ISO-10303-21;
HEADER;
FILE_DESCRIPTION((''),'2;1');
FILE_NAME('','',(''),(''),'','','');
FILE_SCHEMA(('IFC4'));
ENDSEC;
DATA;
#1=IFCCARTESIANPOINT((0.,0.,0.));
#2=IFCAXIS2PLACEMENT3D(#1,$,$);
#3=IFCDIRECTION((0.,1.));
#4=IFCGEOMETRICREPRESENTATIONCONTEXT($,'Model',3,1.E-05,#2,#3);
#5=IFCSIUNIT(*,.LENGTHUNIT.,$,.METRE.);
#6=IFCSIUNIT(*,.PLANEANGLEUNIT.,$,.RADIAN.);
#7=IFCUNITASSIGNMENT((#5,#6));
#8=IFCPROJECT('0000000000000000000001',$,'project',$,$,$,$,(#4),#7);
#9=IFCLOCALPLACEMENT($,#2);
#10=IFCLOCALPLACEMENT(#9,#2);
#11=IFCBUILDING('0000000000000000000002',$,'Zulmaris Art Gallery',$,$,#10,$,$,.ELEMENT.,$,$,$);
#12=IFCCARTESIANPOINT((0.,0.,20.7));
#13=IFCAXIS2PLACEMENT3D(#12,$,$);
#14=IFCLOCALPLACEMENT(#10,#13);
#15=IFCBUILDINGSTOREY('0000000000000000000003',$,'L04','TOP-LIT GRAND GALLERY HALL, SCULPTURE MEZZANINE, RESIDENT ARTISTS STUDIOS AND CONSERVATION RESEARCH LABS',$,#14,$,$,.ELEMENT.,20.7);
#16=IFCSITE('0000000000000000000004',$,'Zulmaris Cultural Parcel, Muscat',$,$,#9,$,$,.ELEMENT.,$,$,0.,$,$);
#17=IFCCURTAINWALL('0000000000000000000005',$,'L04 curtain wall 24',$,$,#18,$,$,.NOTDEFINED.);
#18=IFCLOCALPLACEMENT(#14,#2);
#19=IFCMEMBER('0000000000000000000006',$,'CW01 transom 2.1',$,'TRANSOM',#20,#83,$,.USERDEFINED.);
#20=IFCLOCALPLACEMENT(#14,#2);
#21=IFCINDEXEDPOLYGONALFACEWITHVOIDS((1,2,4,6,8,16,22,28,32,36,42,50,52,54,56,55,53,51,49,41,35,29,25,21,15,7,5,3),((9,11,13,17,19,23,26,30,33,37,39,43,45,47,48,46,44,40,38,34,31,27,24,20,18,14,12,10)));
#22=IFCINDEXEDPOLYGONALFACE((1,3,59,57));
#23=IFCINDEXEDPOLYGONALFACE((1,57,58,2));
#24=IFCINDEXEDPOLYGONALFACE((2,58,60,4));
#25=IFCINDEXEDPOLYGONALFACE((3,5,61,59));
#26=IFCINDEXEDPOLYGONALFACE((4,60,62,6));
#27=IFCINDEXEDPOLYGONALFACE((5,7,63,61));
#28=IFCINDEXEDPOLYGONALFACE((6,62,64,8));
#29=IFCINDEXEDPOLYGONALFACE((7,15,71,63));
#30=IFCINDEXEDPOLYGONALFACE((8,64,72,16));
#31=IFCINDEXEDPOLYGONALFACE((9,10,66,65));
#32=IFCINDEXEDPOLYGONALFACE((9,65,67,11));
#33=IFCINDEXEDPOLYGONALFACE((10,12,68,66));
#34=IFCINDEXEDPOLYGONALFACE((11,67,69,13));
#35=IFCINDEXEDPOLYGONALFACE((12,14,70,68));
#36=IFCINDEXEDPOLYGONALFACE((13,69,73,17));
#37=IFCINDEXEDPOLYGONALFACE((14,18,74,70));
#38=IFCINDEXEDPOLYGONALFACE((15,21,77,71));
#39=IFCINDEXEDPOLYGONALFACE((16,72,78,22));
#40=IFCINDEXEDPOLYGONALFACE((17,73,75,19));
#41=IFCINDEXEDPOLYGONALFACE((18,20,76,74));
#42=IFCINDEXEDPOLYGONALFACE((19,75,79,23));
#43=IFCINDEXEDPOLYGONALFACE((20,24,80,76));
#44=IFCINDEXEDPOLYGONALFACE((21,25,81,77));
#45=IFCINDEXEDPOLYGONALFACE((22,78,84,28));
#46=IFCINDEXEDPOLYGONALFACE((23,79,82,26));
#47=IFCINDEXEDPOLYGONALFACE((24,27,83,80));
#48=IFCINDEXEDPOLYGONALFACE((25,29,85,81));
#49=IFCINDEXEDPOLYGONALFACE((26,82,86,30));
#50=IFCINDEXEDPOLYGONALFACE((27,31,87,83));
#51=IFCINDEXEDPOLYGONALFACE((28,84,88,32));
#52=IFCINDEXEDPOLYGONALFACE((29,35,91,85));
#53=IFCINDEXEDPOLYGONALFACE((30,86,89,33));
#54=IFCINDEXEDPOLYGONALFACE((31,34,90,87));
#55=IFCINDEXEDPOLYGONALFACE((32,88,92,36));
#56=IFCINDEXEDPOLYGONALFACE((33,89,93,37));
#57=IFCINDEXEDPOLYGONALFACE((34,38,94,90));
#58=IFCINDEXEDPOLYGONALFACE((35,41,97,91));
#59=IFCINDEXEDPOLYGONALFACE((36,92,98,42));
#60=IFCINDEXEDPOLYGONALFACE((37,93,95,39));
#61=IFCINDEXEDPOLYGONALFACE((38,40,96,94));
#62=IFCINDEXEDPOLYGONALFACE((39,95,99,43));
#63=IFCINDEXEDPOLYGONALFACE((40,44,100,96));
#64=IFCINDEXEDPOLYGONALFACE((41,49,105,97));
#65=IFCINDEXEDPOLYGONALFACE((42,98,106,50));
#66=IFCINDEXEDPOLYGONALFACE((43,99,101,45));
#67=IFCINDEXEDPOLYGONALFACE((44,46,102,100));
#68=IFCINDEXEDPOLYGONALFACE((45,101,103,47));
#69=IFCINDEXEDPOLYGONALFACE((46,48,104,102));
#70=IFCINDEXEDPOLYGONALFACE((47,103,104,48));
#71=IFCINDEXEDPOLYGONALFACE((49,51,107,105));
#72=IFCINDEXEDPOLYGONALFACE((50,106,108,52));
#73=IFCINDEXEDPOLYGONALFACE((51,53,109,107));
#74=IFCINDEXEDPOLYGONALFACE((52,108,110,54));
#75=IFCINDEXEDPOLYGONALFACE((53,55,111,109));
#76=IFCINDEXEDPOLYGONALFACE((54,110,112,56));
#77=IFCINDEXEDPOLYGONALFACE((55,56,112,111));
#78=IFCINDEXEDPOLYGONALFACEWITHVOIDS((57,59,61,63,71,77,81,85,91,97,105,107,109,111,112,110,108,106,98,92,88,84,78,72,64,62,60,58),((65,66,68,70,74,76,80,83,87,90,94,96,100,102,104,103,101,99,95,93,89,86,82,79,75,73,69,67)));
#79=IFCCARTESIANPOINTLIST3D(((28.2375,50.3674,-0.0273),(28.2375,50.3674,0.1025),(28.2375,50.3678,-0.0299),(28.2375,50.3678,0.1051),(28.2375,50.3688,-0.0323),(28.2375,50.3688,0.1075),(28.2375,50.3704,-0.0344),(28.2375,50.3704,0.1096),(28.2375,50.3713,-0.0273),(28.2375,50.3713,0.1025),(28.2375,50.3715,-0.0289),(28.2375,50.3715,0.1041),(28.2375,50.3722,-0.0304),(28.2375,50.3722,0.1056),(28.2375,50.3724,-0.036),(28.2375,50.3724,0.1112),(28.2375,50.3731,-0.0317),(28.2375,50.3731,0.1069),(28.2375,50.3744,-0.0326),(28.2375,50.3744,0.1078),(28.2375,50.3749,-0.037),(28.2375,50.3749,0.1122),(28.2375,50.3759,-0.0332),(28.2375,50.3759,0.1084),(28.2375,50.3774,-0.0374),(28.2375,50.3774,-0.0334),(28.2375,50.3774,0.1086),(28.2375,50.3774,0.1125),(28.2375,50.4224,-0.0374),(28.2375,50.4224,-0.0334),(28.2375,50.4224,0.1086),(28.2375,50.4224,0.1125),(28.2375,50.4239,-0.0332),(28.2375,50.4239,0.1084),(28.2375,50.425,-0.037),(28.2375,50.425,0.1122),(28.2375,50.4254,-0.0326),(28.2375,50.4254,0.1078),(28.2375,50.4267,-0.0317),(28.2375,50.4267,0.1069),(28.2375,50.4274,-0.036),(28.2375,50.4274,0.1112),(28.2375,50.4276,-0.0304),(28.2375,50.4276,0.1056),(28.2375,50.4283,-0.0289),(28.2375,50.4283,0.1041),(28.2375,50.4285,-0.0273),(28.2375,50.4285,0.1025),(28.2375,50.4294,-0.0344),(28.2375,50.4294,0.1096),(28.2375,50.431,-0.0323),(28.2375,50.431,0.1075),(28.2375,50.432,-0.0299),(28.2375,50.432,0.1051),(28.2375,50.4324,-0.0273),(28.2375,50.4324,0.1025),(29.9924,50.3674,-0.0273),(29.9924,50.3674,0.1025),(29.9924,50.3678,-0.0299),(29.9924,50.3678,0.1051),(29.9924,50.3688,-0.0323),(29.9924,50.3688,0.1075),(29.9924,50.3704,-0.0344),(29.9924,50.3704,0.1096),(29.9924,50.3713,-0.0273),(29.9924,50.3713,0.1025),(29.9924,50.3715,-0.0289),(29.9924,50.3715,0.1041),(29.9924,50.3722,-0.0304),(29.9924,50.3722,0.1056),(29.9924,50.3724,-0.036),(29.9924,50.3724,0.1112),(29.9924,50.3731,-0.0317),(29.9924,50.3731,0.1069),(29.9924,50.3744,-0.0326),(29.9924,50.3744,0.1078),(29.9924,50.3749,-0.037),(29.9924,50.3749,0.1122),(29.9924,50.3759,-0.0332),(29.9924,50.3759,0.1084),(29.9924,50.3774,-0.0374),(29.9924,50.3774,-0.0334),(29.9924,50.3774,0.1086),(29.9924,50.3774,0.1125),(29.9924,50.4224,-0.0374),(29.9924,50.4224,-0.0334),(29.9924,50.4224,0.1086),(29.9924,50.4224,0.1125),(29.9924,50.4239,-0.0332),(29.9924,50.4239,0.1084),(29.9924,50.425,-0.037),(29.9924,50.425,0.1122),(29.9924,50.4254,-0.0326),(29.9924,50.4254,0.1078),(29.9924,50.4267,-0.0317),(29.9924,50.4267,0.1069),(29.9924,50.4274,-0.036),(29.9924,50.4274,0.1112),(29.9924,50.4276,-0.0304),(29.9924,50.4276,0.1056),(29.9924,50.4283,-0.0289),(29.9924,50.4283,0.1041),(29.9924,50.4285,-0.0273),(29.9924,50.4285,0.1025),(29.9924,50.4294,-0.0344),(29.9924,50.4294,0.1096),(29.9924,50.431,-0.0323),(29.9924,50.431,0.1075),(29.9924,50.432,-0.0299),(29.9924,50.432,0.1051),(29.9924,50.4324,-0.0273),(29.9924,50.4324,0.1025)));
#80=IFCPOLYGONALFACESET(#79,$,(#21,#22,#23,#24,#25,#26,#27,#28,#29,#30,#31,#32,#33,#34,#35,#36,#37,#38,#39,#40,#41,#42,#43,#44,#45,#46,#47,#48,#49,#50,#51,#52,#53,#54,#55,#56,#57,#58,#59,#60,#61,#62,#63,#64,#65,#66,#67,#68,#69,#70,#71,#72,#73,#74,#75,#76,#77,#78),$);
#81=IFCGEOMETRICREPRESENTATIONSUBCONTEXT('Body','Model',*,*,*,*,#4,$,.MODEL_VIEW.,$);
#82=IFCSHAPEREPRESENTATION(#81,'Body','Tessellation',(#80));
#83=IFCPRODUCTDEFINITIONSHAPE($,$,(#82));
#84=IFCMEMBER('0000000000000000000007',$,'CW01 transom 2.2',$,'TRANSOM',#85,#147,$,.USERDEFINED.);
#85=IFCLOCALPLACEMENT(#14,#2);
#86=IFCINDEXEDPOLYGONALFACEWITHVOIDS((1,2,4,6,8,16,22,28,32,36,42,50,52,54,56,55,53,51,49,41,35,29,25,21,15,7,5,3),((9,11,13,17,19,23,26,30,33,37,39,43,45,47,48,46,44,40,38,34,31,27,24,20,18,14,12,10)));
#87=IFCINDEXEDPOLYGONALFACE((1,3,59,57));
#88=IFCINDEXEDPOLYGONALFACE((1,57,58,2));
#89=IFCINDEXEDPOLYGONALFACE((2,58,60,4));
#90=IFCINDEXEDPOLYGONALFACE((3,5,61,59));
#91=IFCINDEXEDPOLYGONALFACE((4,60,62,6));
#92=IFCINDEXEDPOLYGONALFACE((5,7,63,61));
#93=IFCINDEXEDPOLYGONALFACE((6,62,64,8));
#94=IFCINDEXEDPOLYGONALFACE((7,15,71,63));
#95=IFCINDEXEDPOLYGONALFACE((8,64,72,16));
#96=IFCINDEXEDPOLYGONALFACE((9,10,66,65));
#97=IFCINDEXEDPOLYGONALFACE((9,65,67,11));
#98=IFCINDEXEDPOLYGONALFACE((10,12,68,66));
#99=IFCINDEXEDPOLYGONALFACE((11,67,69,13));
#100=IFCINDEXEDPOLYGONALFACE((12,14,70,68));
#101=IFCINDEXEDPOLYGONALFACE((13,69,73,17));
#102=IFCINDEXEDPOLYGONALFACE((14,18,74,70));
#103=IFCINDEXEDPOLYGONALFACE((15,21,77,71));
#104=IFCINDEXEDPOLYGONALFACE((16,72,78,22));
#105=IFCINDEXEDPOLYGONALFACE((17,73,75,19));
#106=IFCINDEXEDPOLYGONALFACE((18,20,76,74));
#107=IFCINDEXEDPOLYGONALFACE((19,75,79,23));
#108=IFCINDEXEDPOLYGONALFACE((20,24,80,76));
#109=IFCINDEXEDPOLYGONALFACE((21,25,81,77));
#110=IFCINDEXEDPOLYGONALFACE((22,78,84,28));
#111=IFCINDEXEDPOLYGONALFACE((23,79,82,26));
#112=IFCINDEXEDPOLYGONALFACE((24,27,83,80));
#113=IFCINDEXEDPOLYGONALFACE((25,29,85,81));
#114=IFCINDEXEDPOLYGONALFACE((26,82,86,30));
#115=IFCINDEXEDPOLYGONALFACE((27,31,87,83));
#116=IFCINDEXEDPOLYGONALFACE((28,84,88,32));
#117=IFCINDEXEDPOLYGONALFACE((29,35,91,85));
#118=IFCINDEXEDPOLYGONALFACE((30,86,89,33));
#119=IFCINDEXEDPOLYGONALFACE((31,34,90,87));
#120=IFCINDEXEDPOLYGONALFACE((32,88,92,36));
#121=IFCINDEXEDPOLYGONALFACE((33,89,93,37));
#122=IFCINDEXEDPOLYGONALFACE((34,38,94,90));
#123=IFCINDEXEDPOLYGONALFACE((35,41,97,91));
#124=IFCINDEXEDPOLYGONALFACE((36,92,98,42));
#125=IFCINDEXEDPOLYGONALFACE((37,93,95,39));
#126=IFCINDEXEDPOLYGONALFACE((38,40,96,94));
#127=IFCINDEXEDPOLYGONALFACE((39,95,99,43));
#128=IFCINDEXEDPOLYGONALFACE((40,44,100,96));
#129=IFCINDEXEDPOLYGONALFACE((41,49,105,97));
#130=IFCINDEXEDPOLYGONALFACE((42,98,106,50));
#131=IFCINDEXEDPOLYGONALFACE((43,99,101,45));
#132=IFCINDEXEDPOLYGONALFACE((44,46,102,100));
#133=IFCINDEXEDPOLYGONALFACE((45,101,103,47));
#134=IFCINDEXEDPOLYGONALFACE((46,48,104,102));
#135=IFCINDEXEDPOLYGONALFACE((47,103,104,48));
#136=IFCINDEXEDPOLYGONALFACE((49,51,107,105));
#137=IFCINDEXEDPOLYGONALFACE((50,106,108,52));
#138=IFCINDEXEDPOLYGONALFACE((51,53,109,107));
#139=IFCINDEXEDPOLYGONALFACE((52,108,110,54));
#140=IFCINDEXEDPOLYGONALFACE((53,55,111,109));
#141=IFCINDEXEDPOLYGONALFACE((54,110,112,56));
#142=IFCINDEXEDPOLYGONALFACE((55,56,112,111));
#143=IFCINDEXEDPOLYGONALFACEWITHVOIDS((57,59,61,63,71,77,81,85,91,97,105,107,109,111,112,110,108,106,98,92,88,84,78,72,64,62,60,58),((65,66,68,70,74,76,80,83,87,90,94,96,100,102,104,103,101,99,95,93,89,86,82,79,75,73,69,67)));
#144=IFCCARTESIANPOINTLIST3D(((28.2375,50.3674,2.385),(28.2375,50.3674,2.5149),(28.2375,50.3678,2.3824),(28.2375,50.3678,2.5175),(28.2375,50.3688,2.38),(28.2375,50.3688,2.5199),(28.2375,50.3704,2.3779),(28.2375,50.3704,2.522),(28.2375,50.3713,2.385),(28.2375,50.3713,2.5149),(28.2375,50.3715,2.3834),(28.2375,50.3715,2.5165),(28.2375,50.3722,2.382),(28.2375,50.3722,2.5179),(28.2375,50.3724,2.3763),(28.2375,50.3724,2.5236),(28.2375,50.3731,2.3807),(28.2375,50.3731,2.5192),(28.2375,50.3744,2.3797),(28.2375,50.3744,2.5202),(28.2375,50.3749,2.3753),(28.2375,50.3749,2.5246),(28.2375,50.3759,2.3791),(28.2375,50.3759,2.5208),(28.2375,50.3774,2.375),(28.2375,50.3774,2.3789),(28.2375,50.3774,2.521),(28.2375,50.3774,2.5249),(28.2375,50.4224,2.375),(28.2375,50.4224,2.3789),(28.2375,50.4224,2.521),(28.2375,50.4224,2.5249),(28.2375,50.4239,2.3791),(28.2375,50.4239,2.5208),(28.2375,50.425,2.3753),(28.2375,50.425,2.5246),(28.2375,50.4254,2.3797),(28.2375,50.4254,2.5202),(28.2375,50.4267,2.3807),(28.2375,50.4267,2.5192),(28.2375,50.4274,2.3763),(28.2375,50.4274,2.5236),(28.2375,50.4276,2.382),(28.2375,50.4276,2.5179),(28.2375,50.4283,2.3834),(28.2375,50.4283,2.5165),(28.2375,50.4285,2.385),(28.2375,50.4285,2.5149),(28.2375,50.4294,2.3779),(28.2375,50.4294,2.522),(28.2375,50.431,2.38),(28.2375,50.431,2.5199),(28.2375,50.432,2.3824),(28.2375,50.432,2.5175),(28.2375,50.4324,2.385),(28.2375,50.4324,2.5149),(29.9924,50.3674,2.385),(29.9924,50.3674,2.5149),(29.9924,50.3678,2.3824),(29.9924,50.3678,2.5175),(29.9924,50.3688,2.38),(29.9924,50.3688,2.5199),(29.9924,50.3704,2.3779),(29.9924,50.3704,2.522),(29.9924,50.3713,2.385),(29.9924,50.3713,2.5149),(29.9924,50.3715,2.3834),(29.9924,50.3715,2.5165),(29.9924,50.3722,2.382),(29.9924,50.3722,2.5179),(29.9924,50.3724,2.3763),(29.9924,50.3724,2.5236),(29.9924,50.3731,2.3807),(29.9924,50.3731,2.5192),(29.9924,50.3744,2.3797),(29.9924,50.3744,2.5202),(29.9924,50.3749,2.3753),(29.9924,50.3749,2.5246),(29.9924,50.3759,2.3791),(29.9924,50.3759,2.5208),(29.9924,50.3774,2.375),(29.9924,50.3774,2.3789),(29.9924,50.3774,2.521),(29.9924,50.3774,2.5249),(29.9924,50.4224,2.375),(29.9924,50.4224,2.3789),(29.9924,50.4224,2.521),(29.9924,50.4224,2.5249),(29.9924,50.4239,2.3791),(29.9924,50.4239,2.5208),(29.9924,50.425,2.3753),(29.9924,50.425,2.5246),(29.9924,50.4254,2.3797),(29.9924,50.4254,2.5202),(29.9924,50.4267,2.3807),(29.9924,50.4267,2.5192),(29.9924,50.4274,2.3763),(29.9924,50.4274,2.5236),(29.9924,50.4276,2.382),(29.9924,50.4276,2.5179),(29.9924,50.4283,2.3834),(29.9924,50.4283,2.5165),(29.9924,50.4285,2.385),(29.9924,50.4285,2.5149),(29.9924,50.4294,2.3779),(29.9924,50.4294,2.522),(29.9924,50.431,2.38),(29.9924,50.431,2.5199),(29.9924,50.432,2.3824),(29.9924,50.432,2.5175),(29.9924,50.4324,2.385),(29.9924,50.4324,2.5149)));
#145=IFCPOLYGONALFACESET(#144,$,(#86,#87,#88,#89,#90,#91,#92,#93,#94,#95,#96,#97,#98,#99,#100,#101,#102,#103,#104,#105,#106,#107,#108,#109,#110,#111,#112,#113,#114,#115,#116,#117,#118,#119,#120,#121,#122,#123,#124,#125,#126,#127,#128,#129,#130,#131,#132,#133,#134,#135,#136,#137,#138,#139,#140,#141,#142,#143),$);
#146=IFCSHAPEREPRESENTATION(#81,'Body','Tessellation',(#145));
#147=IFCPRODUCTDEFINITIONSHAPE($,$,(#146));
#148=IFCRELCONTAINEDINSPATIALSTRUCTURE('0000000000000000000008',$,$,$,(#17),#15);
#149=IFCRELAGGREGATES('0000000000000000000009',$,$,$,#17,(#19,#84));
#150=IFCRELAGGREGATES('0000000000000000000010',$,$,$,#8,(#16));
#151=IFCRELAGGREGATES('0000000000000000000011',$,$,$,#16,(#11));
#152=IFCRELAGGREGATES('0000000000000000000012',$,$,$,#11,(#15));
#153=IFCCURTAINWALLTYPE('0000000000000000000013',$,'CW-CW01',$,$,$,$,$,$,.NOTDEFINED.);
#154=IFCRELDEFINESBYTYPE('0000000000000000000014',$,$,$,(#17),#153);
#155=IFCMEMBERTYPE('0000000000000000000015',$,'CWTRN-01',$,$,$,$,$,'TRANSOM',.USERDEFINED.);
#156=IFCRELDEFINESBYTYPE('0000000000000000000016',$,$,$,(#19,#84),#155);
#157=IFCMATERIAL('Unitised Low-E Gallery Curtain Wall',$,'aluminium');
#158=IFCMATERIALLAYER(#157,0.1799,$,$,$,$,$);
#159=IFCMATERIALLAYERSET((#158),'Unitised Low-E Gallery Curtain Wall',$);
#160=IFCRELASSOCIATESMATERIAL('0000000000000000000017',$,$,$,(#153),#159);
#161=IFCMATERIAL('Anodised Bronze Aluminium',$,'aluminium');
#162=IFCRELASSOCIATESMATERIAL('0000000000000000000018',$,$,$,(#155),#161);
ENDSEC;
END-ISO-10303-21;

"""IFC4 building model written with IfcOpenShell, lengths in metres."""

from ifc_helpers import new_model, si_unit, direction, frame, origin, origin_2d, place, context, subcontext, project, spatial, hollow_rectangle, extrude, material, layer, layer_set, material_profile, profile_set, type_object, element, aggregate, save


model = new_model("IFC4")

# Units and contexts
model_context = context("Model", 3, precision=1e-05, world=origin(), true_north=direction((0.0, 1.0)))
body_context = subcontext(model_context, "Body", "Model", "MODEL_VIEW")
ifc_project = project(units=[si_unit("LENGTHUNIT", "METRE"), si_unit("PLANEANGLEUNIT", "RADIAN")], contexts=[model_context])

# Site, building, storey
site_placement = place(None, origin())
site = spatial("IfcSite", under=ifc_project, at=site_placement, Name="Zulmaris Cultural Parcel, Muscat", CompositionType="ELEMENT", RefElevation=0.0)
building_placement = place(site_placement, origin())
building = spatial("IfcBuilding", under=site, at=building_placement, Name="Zulmaris Art Gallery", CompositionType="ELEMENT")
storey_placement = place(building_placement, frame((0.0, 0.0, 20.7)))
storey = spatial("IfcBuildingStorey", under=building, at=storey_placement, Name="L04", Description="TOP-LIT GRAND GALLERY HALL, SCULPTURE MEZZANINE, RESIDENT ARTISTS STUDIOS AND CONSERVATION RESEARCH LABS", CompositionType="ELEMENT", Elevation=20.7)

# Curtain wall, members
ifc_material_1 = material(Name="Unitised Low-E Gallery Curtain Wall", Category="aluminium")
ifc_layer_1 = layer(ifc_material_1, 0.1799)
ifc_layer_set_1 = layer_set([ifc_layer_1], Name="Unitised Low-E Gallery Curtain Wall")
curtain_wall_type = type_object("IfcCurtainWallType", Name="CW-CW01", PredefinedType="NOTDEFINED", material=ifc_layer_set_1)
curtain_wall_placement = place(storey_placement, origin())
curtain_wall = element("IfcCurtainWall", 1, at=curtain_wall_placement, inside=storey, type_object=curtain_wall_type, Name="L04 curtain wall 24", PredefinedType="NOTDEFINED")
ifc_material_2 = material(Name="Anodised Bronze Aluminium", Category="aluminium")
ifc_material_profile_1 = material_profile(ifc_material_2, hollow_rectangle(XDim=0.0649, YDim=0.1499, WallThickness=0.0039, InnerFilletRadius=0.0061, OuterFilletRadius=0.01, at=origin_2d()), Name="ALU 65x150x4")
ifc_profile_set_1 = profile_set([ifc_material_profile_1], Name="Anodised Bronze Aluminium")
member_type_1 = type_object("IfcMemberType", Name="CWTRN-01", ElementType="TRANSOM", PredefinedType="USERDEFINED", material=ifc_profile_set_1)
member_1_placement = place(storey_placement, frame((29.9924, 50.3999, 0.0376), z_axis=(-1.0, 0.0, 0.0), x_axis=(0.0, -1.0, 0.0)))
member_1 = element("IfcMember", 2, at=member_1_placement, type_object=member_type_1, Name="CW01 transom 2.1", ObjectType="TRANSOM", PredefinedType="USERDEFINED", context=body_context, shape_type="SweptSolid", body=[
    extrude(hollow_rectangle(XDim=0.0649, YDim=0.1499, WallThickness=0.0039, InnerFilletRadius=0.0061, OuterFilletRadius=0.01, at=origin_2d()), origin(), (0.0, 0.0, 1.0), 1.7549),
])
member_2_placement = place(storey_placement, frame((29.9924, 50.3999, 2.45), z_axis=(-1.0, 0.0, 0.0), x_axis=(0.0, -1.0, 0.0)))
member_2 = element("IfcMember", 3, at=member_2_placement, type_object=member_type_1, Name="CW01 transom 2.2", ObjectType="TRANSOM", PredefinedType="USERDEFINED", context=body_context, shape_type="SweptSolid", body=[
    extrude(hollow_rectangle(XDim=0.0649, YDim=0.1499, WallThickness=0.0039, InnerFilletRadius=0.0061, OuterFilletRadius=0.01, at=origin_2d()), origin(), (0.0, 0.0, 1.0), 1.7549),
])

aggregate(curtain_wall, [member_1, member_2])

save(model, "model.ifc")
